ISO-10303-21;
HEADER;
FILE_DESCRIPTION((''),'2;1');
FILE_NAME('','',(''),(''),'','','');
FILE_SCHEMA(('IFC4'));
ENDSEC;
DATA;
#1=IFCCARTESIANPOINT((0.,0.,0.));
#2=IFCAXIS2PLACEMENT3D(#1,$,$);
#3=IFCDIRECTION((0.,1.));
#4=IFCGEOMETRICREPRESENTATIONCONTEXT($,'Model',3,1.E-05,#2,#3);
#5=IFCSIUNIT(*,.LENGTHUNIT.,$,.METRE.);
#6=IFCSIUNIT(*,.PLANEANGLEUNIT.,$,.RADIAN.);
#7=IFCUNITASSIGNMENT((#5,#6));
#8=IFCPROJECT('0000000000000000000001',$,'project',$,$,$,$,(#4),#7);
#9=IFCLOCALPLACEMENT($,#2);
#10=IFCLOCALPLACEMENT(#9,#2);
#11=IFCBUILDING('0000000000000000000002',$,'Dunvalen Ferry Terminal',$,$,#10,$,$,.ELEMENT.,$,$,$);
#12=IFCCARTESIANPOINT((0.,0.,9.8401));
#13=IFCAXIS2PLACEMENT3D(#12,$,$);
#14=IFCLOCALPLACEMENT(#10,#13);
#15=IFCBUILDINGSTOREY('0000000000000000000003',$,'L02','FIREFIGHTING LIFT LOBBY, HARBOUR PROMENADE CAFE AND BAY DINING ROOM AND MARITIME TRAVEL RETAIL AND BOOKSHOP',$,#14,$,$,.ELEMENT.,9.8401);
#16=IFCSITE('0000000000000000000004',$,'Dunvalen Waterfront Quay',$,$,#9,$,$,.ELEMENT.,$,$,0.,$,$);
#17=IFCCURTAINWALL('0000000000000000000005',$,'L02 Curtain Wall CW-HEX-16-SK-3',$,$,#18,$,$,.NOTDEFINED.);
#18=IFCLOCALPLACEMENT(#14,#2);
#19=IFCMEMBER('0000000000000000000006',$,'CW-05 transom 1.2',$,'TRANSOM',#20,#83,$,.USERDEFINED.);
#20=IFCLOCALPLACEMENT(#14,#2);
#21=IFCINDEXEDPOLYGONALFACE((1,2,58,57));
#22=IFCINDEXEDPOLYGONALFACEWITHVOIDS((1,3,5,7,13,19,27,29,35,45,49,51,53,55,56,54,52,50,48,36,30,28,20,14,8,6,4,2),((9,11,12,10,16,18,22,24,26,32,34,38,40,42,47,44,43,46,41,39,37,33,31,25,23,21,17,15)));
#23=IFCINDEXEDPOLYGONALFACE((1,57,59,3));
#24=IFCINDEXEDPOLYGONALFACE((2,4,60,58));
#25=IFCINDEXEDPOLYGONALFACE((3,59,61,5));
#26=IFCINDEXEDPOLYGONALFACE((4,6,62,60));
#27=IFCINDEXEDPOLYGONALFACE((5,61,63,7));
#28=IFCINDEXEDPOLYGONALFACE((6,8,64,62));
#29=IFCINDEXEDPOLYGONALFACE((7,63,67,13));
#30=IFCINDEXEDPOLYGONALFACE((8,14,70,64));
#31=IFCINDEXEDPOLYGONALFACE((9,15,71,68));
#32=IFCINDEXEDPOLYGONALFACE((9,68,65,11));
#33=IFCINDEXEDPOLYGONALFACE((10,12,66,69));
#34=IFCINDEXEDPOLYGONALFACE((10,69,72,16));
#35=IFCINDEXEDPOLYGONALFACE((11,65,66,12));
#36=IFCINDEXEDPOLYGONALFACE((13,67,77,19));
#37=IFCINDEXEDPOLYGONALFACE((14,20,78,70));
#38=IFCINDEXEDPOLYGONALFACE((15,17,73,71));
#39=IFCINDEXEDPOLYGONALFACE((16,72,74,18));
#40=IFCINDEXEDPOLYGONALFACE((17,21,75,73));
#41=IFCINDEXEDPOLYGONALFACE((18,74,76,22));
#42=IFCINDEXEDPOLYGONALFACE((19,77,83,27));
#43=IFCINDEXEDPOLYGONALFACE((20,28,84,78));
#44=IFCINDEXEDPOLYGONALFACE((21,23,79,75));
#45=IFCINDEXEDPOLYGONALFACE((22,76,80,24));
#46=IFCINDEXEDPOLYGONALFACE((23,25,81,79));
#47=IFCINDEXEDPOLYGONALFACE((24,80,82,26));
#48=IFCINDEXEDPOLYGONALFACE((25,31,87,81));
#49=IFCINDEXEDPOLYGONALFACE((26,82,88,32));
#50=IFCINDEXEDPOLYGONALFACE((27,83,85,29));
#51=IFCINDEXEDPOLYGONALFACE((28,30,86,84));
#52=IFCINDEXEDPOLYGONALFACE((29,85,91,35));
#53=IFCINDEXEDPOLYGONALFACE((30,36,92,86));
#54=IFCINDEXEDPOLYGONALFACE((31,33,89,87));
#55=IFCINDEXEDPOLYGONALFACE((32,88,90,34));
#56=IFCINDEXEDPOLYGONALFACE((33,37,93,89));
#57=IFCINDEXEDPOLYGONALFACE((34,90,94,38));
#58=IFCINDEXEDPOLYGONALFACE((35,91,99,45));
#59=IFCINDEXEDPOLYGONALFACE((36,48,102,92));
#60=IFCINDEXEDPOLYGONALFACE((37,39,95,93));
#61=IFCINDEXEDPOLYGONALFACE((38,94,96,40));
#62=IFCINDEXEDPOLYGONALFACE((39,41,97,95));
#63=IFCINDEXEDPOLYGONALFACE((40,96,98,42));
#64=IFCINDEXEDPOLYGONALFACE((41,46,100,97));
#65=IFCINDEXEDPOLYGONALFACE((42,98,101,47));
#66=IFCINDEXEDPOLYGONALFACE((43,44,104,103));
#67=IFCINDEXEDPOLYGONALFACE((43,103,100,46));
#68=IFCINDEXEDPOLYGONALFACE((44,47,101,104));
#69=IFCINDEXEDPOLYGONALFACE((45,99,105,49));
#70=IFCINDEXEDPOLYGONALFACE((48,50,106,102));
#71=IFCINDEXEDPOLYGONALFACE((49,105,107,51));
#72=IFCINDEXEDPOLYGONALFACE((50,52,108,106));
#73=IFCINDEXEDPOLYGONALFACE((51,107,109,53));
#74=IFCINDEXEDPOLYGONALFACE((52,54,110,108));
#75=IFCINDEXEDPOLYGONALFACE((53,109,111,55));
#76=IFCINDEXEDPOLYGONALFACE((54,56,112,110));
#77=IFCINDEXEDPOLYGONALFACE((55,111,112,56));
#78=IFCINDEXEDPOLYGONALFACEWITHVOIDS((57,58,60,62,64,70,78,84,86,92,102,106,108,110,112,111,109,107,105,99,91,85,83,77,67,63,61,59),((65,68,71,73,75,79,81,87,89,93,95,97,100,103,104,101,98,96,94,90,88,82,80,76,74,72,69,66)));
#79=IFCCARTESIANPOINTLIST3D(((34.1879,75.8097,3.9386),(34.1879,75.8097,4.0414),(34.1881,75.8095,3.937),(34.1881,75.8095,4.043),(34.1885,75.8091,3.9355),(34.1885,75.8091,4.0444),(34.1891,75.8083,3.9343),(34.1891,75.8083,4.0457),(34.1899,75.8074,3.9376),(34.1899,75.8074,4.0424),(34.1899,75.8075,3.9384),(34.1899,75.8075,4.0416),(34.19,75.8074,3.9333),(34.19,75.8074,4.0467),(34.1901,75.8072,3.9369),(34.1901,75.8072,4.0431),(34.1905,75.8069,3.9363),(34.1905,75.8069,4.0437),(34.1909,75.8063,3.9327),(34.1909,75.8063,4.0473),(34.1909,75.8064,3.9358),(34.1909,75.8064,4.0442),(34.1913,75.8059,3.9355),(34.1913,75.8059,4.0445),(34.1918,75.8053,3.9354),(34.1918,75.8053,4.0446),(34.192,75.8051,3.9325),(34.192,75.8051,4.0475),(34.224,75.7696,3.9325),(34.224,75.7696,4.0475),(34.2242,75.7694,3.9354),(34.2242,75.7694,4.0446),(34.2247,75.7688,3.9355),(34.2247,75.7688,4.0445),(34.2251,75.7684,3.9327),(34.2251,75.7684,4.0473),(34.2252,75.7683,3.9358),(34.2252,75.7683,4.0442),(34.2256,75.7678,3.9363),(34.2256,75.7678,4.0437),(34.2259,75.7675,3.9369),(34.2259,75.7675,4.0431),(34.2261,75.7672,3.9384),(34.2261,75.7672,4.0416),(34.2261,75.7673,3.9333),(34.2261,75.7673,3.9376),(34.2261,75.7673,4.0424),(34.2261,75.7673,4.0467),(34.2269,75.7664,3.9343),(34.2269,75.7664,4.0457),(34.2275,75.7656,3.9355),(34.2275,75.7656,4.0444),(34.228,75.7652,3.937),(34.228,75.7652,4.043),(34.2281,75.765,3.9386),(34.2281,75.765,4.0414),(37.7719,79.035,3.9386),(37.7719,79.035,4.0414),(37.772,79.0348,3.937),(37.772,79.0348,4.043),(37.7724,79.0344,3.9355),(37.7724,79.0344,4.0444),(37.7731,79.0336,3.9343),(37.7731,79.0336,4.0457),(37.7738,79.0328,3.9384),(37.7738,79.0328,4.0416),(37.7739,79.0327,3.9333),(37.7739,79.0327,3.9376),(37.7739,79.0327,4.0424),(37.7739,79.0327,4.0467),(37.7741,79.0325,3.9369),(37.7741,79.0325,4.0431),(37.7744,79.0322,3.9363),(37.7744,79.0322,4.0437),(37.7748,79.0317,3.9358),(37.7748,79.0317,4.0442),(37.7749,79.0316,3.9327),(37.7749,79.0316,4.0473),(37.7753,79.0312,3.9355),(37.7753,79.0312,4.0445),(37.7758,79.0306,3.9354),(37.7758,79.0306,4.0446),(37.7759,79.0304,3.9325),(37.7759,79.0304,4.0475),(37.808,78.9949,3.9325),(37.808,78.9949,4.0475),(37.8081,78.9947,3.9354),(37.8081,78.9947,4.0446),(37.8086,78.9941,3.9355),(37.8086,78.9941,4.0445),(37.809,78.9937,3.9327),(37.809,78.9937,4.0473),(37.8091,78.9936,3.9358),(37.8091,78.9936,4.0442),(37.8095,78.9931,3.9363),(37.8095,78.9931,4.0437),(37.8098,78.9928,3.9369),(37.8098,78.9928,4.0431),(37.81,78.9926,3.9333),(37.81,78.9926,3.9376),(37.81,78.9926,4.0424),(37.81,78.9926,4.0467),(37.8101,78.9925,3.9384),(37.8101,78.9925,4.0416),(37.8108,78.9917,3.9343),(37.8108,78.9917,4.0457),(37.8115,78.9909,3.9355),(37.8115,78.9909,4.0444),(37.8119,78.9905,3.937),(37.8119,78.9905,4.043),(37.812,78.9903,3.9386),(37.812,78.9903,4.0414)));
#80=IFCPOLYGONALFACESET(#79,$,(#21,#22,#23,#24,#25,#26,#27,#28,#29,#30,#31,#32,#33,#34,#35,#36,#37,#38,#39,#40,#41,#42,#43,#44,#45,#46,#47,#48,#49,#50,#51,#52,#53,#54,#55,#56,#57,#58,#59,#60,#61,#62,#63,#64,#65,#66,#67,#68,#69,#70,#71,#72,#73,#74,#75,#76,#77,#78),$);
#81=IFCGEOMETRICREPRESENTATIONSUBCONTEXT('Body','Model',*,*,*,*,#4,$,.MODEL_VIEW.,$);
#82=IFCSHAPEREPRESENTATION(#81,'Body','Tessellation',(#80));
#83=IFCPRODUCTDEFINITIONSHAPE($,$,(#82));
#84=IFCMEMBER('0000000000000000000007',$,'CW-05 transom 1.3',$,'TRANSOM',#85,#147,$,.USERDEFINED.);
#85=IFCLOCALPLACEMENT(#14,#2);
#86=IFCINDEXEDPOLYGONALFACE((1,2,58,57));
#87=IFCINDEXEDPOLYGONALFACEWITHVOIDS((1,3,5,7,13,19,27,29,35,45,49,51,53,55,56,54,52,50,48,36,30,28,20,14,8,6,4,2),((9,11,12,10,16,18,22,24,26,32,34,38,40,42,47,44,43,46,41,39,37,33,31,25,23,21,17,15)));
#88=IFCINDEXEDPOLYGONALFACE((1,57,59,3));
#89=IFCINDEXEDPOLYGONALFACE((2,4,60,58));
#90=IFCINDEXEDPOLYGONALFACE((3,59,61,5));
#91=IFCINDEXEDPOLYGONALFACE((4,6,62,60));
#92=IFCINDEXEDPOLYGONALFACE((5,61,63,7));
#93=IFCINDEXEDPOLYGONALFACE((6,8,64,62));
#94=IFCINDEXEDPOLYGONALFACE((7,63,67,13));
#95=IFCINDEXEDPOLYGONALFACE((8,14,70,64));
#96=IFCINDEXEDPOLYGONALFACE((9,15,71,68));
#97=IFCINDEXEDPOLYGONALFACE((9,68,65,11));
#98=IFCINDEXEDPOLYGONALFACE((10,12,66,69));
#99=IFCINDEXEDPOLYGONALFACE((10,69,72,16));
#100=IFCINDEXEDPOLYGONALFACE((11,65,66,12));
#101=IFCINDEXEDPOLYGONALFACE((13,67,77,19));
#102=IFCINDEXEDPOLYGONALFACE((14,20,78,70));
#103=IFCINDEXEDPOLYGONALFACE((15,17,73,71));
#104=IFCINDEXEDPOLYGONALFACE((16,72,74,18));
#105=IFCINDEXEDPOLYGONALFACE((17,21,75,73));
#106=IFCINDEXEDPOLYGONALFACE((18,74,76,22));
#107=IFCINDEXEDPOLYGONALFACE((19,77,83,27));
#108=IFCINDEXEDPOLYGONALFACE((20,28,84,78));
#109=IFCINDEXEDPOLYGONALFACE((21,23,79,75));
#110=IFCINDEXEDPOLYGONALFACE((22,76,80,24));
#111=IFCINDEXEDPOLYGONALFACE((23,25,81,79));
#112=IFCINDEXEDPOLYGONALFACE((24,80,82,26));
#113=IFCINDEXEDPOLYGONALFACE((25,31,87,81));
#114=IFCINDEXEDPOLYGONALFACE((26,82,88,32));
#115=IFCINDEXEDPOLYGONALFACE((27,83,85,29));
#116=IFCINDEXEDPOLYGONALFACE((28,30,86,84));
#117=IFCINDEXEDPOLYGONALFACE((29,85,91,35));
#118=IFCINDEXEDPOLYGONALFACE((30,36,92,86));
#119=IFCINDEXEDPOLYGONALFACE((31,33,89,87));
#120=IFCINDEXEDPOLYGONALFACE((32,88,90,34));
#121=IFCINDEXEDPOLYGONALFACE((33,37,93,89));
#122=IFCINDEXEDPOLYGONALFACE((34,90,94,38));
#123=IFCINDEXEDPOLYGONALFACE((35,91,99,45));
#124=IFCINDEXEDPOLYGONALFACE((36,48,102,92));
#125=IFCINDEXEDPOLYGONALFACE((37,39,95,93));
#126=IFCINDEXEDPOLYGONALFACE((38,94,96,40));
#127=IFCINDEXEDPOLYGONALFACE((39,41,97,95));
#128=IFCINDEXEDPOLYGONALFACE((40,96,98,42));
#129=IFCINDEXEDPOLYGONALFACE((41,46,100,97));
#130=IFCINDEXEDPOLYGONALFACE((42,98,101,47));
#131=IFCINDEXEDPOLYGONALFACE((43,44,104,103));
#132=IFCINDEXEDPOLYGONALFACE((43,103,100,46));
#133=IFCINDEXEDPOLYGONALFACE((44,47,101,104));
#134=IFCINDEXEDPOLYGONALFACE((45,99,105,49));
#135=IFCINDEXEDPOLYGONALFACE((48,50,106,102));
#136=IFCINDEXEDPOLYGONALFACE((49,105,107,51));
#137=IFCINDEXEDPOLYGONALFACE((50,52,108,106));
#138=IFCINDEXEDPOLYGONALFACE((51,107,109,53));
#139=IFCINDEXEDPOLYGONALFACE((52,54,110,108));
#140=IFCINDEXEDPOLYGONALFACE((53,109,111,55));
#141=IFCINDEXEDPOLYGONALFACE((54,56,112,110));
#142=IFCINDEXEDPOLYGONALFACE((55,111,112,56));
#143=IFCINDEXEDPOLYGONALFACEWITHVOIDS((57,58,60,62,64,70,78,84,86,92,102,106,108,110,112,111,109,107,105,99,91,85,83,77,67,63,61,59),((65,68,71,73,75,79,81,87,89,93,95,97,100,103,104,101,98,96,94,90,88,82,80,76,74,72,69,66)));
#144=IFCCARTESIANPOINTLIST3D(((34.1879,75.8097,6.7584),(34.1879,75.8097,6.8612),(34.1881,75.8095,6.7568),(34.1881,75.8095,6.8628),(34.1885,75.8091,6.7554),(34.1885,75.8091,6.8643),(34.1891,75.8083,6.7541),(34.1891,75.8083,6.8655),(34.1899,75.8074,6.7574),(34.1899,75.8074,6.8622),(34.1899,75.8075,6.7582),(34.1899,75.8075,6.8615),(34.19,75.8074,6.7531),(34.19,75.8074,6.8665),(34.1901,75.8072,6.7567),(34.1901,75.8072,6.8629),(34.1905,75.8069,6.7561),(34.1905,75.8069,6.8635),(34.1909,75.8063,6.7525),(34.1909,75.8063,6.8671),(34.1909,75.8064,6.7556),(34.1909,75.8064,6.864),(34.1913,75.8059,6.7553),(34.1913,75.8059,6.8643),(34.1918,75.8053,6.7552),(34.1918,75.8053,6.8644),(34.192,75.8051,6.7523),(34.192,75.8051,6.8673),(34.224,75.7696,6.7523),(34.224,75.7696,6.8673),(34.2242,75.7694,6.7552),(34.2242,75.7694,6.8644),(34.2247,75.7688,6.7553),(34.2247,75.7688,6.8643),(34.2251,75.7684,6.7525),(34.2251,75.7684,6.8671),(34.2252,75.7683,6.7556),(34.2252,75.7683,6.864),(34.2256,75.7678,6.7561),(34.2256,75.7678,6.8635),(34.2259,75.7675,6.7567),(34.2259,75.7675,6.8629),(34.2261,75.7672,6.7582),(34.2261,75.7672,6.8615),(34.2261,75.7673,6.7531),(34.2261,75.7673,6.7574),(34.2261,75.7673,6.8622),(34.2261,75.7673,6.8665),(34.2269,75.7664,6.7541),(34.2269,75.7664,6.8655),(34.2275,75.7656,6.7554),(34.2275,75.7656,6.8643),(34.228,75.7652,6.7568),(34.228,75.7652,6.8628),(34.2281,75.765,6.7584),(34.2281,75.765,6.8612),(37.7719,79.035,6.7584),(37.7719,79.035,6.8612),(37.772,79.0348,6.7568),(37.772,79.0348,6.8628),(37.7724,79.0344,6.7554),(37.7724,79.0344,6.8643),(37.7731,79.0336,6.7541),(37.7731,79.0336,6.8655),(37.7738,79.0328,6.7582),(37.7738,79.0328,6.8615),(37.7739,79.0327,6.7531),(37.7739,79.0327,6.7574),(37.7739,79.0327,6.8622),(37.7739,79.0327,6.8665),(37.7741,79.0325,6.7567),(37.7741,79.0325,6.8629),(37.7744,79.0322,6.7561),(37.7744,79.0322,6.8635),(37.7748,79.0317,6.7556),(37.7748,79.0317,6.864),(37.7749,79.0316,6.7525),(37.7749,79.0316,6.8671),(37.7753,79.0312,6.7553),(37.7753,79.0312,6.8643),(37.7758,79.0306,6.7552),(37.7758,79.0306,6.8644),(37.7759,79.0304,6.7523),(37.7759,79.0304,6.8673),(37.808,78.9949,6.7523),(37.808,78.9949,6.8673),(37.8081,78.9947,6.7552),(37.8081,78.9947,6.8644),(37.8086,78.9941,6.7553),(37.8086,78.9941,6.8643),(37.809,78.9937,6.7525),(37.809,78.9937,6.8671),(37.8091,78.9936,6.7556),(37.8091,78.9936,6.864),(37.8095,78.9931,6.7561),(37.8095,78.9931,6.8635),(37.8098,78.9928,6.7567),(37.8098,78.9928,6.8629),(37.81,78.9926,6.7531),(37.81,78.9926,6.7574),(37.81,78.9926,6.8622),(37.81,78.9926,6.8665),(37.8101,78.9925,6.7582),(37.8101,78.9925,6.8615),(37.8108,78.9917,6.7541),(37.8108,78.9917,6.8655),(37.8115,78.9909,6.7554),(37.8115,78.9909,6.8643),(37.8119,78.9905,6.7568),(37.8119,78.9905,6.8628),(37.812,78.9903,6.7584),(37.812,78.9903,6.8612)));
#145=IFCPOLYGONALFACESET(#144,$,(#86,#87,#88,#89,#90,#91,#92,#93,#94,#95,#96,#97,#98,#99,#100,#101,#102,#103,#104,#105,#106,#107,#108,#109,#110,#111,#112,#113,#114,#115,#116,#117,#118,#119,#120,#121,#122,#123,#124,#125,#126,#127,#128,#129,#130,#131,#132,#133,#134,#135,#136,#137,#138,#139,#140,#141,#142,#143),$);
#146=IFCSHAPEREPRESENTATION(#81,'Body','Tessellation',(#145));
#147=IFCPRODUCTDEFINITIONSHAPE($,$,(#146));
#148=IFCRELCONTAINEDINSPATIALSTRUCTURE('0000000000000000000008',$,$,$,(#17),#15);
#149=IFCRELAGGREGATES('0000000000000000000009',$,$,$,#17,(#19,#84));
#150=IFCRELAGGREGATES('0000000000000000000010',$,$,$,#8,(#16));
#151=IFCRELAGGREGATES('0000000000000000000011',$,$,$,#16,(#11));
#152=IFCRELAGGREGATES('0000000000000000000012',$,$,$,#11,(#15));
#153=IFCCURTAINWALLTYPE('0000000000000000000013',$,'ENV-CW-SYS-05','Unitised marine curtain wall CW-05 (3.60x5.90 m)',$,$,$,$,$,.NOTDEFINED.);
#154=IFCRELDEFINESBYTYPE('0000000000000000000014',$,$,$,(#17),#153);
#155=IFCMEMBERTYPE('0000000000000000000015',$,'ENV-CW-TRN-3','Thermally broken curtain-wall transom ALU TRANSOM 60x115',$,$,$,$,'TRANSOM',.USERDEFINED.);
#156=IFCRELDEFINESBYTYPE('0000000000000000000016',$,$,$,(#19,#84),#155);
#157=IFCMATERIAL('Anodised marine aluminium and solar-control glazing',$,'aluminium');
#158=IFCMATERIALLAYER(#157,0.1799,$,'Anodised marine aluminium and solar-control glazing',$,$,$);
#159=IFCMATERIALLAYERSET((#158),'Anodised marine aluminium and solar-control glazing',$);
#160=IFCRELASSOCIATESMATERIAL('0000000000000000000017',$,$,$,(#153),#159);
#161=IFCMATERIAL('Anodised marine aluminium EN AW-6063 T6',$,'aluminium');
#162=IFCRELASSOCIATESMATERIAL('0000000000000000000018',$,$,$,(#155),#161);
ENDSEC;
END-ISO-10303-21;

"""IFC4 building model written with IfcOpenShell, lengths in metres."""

from ifc_helpers import new_model, si_unit, direction, frame, origin, origin_2d, place, context, subcontext, project, spatial, hollow_rectangle, extrude, material, layer, layer_set, material_profile, profile_set, type_object, element, aggregate, save


model = new_model("IFC4")

# Units and contexts
model_context = context("Model", 3, precision=1e-05, world=origin(), true_north=direction((0.0, 1.0)))
body_context = subcontext(model_context, "Body", "Model", "MODEL_VIEW")
ifc_project = project(units=[si_unit("LENGTHUNIT", "METRE"), si_unit("PLANEANGLEUNIT", "RADIAN")], contexts=[model_context])

# Site, building, storey
site_placement = place(None, origin())
site = spatial("IfcSite", under=ifc_project, at=site_placement, Name="Dunvalen Waterfront Quay", CompositionType="ELEMENT", RefElevation=0.0)
building_placement = place(site_placement, origin())
building = spatial("IfcBuilding", under=site, at=building_placement, Name="Dunvalen Ferry Terminal", CompositionType="ELEMENT")
storey_placement = place(building_placement, frame((0.0, 0.0, 9.8401)))
storey = spatial("IfcBuildingStorey", under=building, at=storey_placement, Name="L02", Description="FIREFIGHTING LIFT LOBBY, HARBOUR PROMENADE CAFE AND BAY DINING ROOM AND MARITIME TRAVEL RETAIL AND BOOKSHOP", CompositionType="ELEMENT", Elevation=9.8401)

# Curtain wall
ifc_material_1 = material(Name="Anodised marine aluminium and solar-control glazing", Category="aluminium")
ifc_layer_1 = layer(ifc_material_1, 0.1799, Name="Anodised marine aluminium and solar-control glazing")
ifc_layer_set_1 = layer_set([ifc_layer_1], Name="Anodised marine aluminium and solar-control glazing")
curtain_wall_type_1 = type_object("IfcCurtainWallType", Name="ENV-CW-SYS-05", Description="Unitised marine curtain wall CW-05 (3.60x5.90 m)", PredefinedType="NOTDEFINED", material=ifc_layer_set_1)
curtain_wall_1_placement = place(storey_placement, origin())
curtain_wall_1 = element("IfcCurtainWall", 1, at=curtain_wall_1_placement, inside=storey, type_object=curtain_wall_type_1, Name="L02 Curtain Wall CW-HEX-16-SK-3", PredefinedType="NOTDEFINED")
ifc_material_2 = material(Name="Anodised marine aluminium EN AW-6063 T6", Category="aluminium")

# Members
ifc_material_profile_1 = material_profile(ifc_material_2, hollow_rectangle(XDim=0.0601, YDim=0.115, WallThickness=0.0029, InnerFilletRadius=0.0029, OuterFilletRadius=0.0061, at=origin_2d()), Name="Anodised marine aluminium EN AW-6063 T6")
ifc_profile_set_1 = profile_set([ifc_material_profile_1], Name="Anodised marine aluminium EN AW-6063 T6")
member_type_1 = type_object("IfcMemberType", Name="ENV-CW-TRN-3", Description="Thermally broken curtain-wall transom ALU TRANSOM 60x115", ElementType="TRANSOM", PredefinedType="USERDEFINED", material=ifc_profile_set_1)
member_1_placement = place(storey_placement, frame((34.208, 75.7874, 3.99), z_axis=(0.743319, 0.668937, 0.0), x_axis=(-0.668937, 0.743319, 0.0)))
member_1 = element("IfcMember", 2, at=member_1_placement, type_object=member_type_1, Name="CW-05 transom 1.2", ObjectType="TRANSOM", PredefinedType="USERDEFINED", context=body_context, shape_type="SweptSolid", body=[
    extrude(hollow_rectangle(XDim=0.0601, YDim=0.115, WallThickness=0.0029, InnerFilletRadius=0.0029, OuterFilletRadius=0.0061, at=origin_2d()), origin(), (0.0, 0.0, 1.0), 4.8215),
])
member_2_placement = place(storey_placement, frame((34.208, 75.7874, 6.8098), z_axis=(0.743319, 0.668937, 0.0), x_axis=(-0.668937, 0.743319, 0.0)))
member_2 = element("IfcMember", 3, at=member_2_placement, type_object=member_type_1, Name="CW-05 transom 1.3", ObjectType="TRANSOM", PredefinedType="USERDEFINED", context=body_context, shape_type="SweptSolid", body=[
    extrude(hollow_rectangle(XDim=0.0601, YDim=0.115, WallThickness=0.0029, InnerFilletRadius=0.0029, OuterFilletRadius=0.0061, at=origin_2d()), origin(), (0.0, 0.0, 1.0), 4.8215),
])

aggregate(curtain_wall_1, [member_1, member_2])

save(model, "model.ifc")
